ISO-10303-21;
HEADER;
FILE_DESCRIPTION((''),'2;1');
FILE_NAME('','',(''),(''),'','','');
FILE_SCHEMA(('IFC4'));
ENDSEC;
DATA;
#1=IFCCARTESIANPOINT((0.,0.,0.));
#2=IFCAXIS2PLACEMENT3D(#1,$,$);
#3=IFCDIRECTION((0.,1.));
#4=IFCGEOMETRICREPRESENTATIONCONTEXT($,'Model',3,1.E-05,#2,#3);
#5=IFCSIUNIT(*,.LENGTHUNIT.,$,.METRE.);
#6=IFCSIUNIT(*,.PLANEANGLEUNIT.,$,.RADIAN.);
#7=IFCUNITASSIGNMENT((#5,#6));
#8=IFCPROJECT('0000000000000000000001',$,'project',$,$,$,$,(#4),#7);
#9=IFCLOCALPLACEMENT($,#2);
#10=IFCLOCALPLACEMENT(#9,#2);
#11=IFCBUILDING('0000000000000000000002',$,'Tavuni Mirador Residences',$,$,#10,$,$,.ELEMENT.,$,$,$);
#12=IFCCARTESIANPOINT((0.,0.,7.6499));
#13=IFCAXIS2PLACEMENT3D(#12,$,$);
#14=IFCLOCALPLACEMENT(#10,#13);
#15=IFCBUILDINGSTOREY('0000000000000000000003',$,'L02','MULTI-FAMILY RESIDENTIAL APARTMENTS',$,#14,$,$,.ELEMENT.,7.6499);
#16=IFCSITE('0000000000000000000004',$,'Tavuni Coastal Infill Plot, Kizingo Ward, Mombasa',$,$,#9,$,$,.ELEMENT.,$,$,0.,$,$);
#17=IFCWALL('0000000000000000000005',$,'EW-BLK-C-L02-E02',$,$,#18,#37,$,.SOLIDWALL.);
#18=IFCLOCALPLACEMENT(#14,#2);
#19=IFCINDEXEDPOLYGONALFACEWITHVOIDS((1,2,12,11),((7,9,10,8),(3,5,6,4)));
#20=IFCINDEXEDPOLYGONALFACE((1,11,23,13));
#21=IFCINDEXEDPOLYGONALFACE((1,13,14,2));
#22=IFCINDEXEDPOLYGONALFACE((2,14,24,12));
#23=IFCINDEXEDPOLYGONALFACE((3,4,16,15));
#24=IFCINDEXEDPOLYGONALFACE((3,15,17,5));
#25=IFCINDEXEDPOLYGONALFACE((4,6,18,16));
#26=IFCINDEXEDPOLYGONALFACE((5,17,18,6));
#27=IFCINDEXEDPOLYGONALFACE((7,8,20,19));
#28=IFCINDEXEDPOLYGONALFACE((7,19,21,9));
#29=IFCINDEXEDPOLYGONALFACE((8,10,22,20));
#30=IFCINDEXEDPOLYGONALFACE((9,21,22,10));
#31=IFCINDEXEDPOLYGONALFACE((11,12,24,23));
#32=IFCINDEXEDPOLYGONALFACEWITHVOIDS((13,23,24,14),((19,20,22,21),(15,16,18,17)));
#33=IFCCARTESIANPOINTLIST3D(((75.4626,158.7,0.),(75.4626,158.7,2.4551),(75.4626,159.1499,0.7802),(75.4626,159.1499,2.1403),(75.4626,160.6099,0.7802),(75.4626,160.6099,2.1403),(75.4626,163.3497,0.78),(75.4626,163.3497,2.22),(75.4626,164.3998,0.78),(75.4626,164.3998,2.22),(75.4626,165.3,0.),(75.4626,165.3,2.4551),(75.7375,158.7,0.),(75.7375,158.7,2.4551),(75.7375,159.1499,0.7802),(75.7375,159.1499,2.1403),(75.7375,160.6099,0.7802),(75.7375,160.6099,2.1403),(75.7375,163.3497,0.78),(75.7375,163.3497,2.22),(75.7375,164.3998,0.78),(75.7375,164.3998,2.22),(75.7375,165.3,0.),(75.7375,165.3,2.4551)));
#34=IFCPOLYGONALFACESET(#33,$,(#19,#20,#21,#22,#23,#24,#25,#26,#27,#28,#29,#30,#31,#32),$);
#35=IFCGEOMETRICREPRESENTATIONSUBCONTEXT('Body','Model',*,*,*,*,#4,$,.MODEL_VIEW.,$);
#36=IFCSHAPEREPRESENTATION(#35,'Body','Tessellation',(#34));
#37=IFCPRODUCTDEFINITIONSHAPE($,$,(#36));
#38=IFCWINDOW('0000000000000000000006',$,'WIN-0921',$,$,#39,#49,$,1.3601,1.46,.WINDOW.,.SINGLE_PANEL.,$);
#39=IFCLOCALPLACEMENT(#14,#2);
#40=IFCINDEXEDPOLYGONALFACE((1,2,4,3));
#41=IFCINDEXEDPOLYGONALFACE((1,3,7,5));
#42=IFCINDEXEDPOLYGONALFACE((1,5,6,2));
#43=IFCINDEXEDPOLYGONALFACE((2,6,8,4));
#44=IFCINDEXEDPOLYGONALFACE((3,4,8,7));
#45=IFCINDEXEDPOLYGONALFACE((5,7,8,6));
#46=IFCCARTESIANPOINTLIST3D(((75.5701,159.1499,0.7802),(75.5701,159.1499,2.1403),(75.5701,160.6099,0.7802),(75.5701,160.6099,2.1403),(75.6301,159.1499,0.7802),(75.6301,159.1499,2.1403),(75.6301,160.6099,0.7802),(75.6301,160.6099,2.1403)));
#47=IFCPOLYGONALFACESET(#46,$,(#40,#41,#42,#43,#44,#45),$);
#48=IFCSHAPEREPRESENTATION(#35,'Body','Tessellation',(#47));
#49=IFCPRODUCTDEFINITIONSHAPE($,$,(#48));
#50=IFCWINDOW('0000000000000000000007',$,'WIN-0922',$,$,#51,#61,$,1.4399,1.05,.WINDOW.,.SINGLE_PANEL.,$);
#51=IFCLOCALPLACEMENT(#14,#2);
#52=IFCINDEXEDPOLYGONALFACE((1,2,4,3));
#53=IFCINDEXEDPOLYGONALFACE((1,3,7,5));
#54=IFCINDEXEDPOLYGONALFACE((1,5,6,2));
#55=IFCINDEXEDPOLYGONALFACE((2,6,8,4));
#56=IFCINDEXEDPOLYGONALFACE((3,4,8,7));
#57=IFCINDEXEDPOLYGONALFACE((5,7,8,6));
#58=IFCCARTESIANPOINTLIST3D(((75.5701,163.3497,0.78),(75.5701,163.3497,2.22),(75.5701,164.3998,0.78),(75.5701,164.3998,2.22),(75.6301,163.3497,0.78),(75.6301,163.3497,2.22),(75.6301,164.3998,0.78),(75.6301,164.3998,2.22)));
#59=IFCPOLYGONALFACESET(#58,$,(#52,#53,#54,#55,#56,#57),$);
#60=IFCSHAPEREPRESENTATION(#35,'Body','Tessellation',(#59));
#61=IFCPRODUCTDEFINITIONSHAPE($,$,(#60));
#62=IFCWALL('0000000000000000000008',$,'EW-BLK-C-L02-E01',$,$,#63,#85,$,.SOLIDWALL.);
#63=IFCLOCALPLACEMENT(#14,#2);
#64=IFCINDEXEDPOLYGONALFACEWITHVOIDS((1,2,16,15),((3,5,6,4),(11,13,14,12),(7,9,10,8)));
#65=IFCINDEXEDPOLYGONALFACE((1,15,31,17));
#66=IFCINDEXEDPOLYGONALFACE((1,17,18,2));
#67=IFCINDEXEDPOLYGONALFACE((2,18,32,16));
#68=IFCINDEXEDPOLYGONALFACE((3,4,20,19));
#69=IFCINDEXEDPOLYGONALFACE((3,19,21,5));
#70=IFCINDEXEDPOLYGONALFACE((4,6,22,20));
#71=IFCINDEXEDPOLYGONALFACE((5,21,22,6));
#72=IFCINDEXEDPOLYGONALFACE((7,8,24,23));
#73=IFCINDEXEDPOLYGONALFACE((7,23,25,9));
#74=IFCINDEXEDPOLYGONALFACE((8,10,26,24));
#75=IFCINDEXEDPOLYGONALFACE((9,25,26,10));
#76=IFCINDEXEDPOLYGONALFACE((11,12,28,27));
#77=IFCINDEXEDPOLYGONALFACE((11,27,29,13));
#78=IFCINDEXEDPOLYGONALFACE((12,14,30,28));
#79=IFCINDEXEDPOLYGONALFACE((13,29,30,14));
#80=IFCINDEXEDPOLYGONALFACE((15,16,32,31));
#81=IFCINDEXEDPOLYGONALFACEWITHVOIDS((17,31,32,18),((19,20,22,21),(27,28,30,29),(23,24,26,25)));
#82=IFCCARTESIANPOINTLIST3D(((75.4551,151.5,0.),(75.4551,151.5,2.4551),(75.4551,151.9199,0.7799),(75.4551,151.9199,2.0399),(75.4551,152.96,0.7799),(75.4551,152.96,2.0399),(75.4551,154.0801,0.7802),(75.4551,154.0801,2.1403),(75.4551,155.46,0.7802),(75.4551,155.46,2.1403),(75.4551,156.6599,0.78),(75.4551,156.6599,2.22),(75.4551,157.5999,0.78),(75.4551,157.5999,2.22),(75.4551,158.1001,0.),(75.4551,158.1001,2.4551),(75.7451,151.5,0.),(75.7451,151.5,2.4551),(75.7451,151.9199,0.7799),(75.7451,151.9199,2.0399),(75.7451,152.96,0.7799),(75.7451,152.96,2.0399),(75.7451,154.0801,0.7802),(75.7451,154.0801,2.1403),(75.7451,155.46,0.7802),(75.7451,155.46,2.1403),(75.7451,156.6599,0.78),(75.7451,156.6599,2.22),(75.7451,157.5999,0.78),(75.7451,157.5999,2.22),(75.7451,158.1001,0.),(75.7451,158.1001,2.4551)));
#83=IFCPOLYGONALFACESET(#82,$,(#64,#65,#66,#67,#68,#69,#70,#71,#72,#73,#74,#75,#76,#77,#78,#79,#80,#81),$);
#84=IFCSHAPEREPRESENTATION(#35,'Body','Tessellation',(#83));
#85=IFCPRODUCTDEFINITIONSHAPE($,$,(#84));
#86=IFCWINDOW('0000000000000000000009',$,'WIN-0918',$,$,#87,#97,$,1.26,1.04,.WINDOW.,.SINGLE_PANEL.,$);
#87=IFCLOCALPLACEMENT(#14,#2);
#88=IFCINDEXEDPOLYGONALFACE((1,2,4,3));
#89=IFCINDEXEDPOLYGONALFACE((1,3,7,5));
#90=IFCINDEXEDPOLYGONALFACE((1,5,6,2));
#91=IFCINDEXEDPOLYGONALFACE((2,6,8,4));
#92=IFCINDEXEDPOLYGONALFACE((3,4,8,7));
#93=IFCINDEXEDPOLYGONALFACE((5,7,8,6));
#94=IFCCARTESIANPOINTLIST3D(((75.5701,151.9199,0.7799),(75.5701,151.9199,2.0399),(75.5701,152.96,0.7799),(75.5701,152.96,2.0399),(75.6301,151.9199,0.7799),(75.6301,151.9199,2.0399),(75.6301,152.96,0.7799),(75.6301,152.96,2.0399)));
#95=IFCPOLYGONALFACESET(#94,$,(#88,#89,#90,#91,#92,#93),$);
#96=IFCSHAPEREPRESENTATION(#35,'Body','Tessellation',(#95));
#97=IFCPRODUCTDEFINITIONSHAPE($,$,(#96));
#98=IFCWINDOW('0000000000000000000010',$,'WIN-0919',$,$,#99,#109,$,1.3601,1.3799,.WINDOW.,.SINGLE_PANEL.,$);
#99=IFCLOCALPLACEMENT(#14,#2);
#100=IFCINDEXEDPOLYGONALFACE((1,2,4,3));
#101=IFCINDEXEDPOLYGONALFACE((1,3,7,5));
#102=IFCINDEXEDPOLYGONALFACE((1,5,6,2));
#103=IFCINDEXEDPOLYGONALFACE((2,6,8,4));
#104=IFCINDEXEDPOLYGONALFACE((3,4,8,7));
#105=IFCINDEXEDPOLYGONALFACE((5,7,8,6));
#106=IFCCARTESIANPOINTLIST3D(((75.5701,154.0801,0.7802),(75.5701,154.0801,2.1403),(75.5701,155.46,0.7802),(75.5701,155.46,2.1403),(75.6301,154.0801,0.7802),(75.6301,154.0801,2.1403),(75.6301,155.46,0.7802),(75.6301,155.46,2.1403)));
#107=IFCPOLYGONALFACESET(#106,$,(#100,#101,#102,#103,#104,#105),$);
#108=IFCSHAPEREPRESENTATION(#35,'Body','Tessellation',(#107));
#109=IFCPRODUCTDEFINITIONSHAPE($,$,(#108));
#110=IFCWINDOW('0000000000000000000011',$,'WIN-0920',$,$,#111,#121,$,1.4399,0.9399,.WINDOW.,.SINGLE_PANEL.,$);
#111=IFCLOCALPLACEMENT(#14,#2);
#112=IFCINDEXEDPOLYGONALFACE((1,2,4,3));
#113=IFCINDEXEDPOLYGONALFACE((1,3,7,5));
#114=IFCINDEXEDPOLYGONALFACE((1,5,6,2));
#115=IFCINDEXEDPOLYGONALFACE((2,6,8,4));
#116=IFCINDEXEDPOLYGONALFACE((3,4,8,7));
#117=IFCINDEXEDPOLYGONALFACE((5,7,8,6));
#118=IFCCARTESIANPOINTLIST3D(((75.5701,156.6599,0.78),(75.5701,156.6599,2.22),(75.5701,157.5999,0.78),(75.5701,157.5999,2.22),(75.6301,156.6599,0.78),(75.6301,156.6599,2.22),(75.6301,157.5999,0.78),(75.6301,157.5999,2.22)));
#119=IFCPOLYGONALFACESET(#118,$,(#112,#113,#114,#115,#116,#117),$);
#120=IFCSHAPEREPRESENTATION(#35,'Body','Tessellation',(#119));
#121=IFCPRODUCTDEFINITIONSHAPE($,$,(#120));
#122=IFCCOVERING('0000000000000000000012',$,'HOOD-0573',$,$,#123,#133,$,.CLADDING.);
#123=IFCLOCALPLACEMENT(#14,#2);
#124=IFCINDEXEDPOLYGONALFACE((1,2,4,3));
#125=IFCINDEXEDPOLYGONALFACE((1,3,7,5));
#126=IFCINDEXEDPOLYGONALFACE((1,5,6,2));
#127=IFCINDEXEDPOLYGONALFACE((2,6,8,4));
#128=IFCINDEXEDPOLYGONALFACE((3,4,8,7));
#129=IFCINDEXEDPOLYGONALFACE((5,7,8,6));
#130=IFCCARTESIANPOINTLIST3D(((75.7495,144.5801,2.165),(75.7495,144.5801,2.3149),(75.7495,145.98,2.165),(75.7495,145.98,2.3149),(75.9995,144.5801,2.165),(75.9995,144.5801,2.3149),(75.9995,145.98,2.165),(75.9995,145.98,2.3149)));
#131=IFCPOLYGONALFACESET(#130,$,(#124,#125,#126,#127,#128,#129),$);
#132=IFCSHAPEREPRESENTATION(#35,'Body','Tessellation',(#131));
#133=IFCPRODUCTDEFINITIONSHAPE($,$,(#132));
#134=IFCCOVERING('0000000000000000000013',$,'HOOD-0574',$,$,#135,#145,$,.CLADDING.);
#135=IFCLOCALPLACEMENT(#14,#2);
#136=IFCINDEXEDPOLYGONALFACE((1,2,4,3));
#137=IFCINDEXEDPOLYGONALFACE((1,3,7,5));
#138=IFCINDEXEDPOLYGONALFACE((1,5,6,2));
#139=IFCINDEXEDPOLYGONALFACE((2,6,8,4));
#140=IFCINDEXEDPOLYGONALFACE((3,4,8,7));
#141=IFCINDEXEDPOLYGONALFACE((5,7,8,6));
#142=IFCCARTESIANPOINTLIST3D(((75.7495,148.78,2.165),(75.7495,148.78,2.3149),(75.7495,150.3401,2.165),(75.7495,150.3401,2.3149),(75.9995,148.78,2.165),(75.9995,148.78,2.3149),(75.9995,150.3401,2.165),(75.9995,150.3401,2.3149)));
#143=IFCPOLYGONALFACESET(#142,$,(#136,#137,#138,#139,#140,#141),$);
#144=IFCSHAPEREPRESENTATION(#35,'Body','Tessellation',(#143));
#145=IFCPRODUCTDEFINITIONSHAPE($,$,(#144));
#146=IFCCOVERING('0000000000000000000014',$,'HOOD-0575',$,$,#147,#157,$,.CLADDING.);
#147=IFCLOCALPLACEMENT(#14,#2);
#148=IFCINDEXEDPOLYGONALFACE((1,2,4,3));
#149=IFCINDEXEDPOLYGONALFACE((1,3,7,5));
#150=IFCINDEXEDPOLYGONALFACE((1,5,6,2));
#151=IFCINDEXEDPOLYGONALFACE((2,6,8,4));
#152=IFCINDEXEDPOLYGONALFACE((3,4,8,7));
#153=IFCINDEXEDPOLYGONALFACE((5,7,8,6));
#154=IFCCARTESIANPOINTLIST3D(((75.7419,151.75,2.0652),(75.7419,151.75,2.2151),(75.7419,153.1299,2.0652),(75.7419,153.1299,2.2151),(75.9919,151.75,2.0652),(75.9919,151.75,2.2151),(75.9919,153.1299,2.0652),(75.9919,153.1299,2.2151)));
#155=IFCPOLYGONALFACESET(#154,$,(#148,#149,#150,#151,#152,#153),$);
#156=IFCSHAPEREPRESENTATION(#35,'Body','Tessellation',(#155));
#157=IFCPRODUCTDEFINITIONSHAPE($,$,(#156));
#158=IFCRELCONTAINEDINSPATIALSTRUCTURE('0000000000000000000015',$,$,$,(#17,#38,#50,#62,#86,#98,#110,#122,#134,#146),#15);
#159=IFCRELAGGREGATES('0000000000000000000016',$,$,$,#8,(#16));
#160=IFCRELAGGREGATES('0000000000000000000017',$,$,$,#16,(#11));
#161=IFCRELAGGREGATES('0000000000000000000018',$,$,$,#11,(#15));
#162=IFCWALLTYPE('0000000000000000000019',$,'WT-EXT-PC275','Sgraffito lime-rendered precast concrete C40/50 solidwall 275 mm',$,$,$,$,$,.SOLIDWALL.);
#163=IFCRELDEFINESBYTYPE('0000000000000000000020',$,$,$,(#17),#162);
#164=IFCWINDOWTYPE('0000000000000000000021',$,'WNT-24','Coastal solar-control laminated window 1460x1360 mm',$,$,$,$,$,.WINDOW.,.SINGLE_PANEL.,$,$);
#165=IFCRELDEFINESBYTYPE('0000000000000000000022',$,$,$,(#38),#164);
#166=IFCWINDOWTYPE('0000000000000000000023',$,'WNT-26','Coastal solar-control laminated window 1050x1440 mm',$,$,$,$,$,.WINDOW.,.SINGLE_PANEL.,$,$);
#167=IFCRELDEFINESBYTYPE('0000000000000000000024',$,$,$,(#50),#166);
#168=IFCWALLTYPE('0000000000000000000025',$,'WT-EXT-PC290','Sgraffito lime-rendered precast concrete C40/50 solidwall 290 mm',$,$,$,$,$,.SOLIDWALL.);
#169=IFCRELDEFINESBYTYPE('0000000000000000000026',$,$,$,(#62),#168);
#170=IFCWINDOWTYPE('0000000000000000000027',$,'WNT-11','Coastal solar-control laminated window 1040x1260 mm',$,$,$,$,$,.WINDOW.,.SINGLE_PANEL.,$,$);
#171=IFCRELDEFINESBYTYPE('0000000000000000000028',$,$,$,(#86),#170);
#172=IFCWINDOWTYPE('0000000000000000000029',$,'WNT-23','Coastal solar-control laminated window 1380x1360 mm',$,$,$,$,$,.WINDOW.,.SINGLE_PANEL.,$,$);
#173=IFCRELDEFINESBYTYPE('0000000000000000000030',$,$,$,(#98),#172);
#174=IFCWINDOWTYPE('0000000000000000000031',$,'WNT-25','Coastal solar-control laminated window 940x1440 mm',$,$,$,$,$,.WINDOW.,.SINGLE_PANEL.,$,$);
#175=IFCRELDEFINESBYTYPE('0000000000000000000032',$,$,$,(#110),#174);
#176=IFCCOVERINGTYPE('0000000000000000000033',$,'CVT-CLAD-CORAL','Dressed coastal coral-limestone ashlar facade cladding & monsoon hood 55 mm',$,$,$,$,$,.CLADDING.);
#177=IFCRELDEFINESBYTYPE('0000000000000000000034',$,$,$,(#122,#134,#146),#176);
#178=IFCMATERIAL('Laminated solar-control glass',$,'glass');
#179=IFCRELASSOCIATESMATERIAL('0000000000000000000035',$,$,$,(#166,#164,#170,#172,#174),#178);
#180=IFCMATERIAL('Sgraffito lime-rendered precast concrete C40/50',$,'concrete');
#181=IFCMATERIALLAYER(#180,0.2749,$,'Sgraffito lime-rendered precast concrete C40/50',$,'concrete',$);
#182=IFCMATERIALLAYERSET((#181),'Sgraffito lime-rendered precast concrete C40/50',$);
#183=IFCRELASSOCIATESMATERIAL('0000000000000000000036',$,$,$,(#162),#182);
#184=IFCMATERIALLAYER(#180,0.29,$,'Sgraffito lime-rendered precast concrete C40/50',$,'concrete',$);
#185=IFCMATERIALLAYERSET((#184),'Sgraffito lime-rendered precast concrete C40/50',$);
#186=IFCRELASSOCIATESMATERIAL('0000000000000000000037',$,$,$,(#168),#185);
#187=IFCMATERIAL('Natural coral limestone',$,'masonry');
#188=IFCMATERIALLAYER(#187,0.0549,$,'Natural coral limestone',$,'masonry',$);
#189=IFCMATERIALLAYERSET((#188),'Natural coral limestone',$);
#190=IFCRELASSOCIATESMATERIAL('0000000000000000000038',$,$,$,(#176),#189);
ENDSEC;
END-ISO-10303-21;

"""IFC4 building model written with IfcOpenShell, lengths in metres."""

from ifc_helpers import new_model, si_unit, direction, frame, frame_2d, origin, origin_2d, place, context, subcontext, project, spatial, rectangle, extrude, material, layer, layer_set, type_object, element, fill, save


model = new_model("IFC4")

# Units and contexts
model_context = context("Model", 3, precision=1e-05, world=origin(), true_north=direction((0.0, 1.0)))
body_context = subcontext(model_context, "Body", "Model", "MODEL_VIEW")
ifc_project = project(units=[si_unit("LENGTHUNIT", "METRE"), si_unit("PLANEANGLEUNIT", "RADIAN")], contexts=[model_context])

# Site, building, storey
site_placement = place(None, origin())
site = spatial("IfcSite", under=ifc_project, at=site_placement, Name="Tavuni Coastal Infill Plot, Kizingo Ward, Mombasa", CompositionType="ELEMENT", RefElevation=0.0)
building_placement = place(site_placement, origin())
building = spatial("IfcBuilding", under=site, at=building_placement, Name="Tavuni Mirador Residences", CompositionType="ELEMENT")
storey_placement = place(building_placement, frame((0.0, 0.0, 7.6499)))
storey = spatial("IfcBuildingStorey", under=building, at=storey_placement, Name="L02", Description="MULTI-FAMILY RESIDENTIAL APARTMENTS", CompositionType="ELEMENT", Elevation=7.6499)

# Walls, openings, windows
ifc_material_1 = material(Name="Sgraffito lime-rendered precast concrete C40/50", Category="concrete")
ifc_material_2 = material(Name="Laminated solar-control glass", Category="glass")
window_type_1 = type_object("IfcWindowType", Name="WNT-26", Description="Coastal solar-control laminated window 1050x1440 mm", PartitioningType="SINGLE_PANEL", PredefinedType="WINDOW", material=ifc_material_2)
ifc_layer_1 = layer(ifc_material_1, 0.2749, Name="Sgraffito lime-rendered precast concrete C40/50", Category="concrete")
ifc_layer_set_1 = layer_set([ifc_layer_1], Name="Sgraffito lime-rendered precast concrete C40/50")
wall_type_1 = type_object("IfcWallType", Name="WT-EXT-PC275", Description="Sgraffito lime-rendered precast concrete C40/50 solidwall 275 mm", PredefinedType="SOLIDWALL", material=ifc_layer_set_1)
wall_1_placement = place(storey_placement, frame((75.6001, 158.7, 0.0), z_axis=(0.0, 0.0, 1.0), x_axis=(0.0, 1.0, 0.0)))
wall_1 = element("IfcWall", 1, at=wall_1_placement, inside=storey, type_object=wall_type_1, Name="EW-BLK-C-L02-E02", PredefinedType="SOLIDWALL", context=body_context, shape_type="SweptSolid", body=[
    extrude(rectangle(XDim=6.6001, YDim=0.2749, at=frame_2d((3.3, 0.0))), origin(), (0.0, 0.0, 1.0), 2.4551),
])
opening_1_placement = place(wall_1_placement, frame((0.45, 0.0, 0.78)))
opening_1 = element("IfcOpeningElement", 2, at=opening_1_placement, cuts=wall_1, PredefinedType="OPENING", context=body_context, shape_type="SweptSolid", body=[
    extrude(rectangle(XDim=1.46, YDim=1.3601, at=frame_2d((0.73, 0.6802))), frame((0.0, 0.1475, 0.0), z_axis=(0.0, -1.0, 0.0), x_axis=(1.0, 0.0, 0.0)), (0.0, 0.0, 1.0), 0.2949),
])
opening_2_placement = place(wall_1_placement, frame((4.6499, 0.0, 0.78)))
opening_2 = element("IfcOpeningElement", 3, at=opening_2_placement, cuts=wall_1, PredefinedType="OPENING", context=body_context, shape_type="SweptSolid", body=[
    extrude(rectangle(XDim=1.05, YDim=1.4399, at=frame_2d((0.5249, 0.72))), frame((0.0, 0.1475, 0.0), z_axis=(0.0, -1.0, 0.0), x_axis=(1.0, 0.0, 0.0)), (0.0, 0.0, 1.0), 0.2949),
])
window_type_2 = type_object("IfcWindowType", Name="WNT-24", Description="Coastal solar-control laminated window 1460x1360 mm", PartitioningType="SINGLE_PANEL", PredefinedType="WINDOW", material=ifc_material_2)
window_1_placement = place(opening_1_placement, origin())
window_1 = element("IfcWindow", 4, at=window_1_placement, inside=storey, type_object=window_type_2, Name="WIN-0921", OverallHeight=1.3601, OverallWidth=1.46, PartitioningType="SINGLE_PANEL", PredefinedType="WINDOW", context=body_context, shape_type="SweptSolid", body=[
    extrude(rectangle(XDim=1.46, YDim=1.3601, at=frame_2d((0.73, 0.6802))), frame((0.0, 0.03, 0.0), z_axis=(0.0, -1.0, 0.0), x_axis=(1.0, 0.0, 0.0)), (0.0, 0.0, 1.0), 0.0601),
])
fill(opening_1, window_1)
window_2_placement = place(opening_2_placement, origin())
window_2 = element("IfcWindow", 5, at=window_2_placement, inside=storey, type_object=window_type_1, Name="WIN-0922", OverallHeight=1.4399, OverallWidth=1.05, PartitioningType="SINGLE_PANEL", PredefinedType="WINDOW", context=body_context, shape_type="SweptSolid", body=[
    extrude(rectangle(XDim=1.05, YDim=1.4399, at=frame_2d((0.5249, 0.72))), frame((0.0, 0.03, 0.0), z_axis=(0.0, -1.0, 0.0), x_axis=(1.0, 0.0, 0.0)), (0.0, 0.0, 1.0), 0.0601),
])
fill(opening_2, window_2)
ifc_layer_2 = layer(ifc_material_1, 0.29, Name="Sgraffito lime-rendered precast concrete C40/50", Category="concrete")
ifc_layer_set_2 = layer_set([ifc_layer_2], Name="Sgraffito lime-rendered precast concrete C40/50")
wall_type_2 = type_object("IfcWallType", Name="WT-EXT-PC290", Description="Sgraffito lime-rendered precast concrete C40/50 solidwall 290 mm", PredefinedType="SOLIDWALL", material=ifc_layer_set_2)
wall_2_placement = place(storey_placement, frame((75.6001, 151.5, 0.0), z_axis=(0.0, 0.0, 1.0), x_axis=(0.0, 1.0, 0.0)))
wall_2 = element("IfcWall", 6, at=wall_2_placement, inside=storey, type_object=wall_type_2, Name="EW-BLK-C-L02-E01", PredefinedType="SOLIDWALL", context=body_context, shape_type="SweptSolid", body=[
    extrude(rectangle(XDim=6.6001, YDim=0.29, at=frame_2d((3.3, 0.0))), origin(), (0.0, 0.0, 1.0), 2.4551),
])
opening_3_placement = place(wall_2_placement, frame((0.4199, 0.0, 0.78)))
opening_3 = element("IfcOpeningElement", 7, at=opening_3_placement, cuts=wall_2, PredefinedType="OPENING", context=body_context, shape_type="SweptSolid", body=[
    extrude(rectangle(XDim=1.04, YDim=1.26, at=frame_2d((0.52, 0.6299))), frame((0.0, 0.155, 0.0), z_axis=(0.0, -1.0, 0.0), x_axis=(1.0, 0.0, 0.0)), (0.0, 0.0, 1.0), 0.3101),
])
opening_4_placement = place(wall_2_placement, frame((2.5801, 0.0, 0.78)))
opening_4 = element("IfcOpeningElement", 8, at=opening_4_placement, cuts=wall_2, PredefinedType="OPENING", context=body_context, shape_type="SweptSolid", body=[
    extrude(rectangle(XDim=1.3799, YDim=1.3601, at=frame_2d((0.6899, 0.6802))), frame((0.0, 0.155, 0.0), z_axis=(0.0, -1.0, 0.0), x_axis=(1.0, 0.0, 0.0)), (0.0, 0.0, 1.0), 0.3101),
])
opening_5_placement = place(wall_2_placement, frame((5.1599, 0.0, 0.78)))
opening_5 = element("IfcOpeningElement", 9, at=opening_5_placement, cuts=wall_2, PredefinedType="OPENING", context=body_context, shape_type="SweptSolid", body=[
    extrude(rectangle(XDim=0.9399, YDim=1.4399, at=frame_2d((0.47, 0.72))), frame((0.0, 0.155, 0.0), z_axis=(0.0, -1.0, 0.0), x_axis=(1.0, 0.0, 0.0)), (0.0, 0.0, 1.0), 0.3101),
])
window_type_3 = type_object("IfcWindowType", Name="WNT-11", Description="Coastal solar-control laminated window 1040x1260 mm", PartitioningType="SINGLE_PANEL", PredefinedType="WINDOW", material=ifc_material_2)
window_3_placement = place(opening_3_placement, origin())
window_3 = element("IfcWindow", 10, at=window_3_placement, inside=storey, type_object=window_type_3, Name="WIN-0918", OverallHeight=1.26, OverallWidth=1.04, PartitioningType="SINGLE_PANEL", PredefinedType="WINDOW", context=body_context, shape_type="SweptSolid", body=[
    extrude(rectangle(XDim=1.04, YDim=1.26, at=frame_2d((0.52, 0.6299))), frame((0.0, 0.03, 0.0), z_axis=(0.0, -1.0, 0.0), x_axis=(1.0, 0.0, 0.0)), (0.0, 0.0, 1.0), 0.0601),
])
fill(opening_3, window_3)
window_type_4 = type_object("IfcWindowType", Name="WNT-23", Description="Coastal solar-control laminated window 1380x1360 mm", PartitioningType="SINGLE_PANEL", PredefinedType="WINDOW", material=ifc_material_2)
window_4_placement = place(opening_4_placement, origin())
window_4 = element("IfcWindow", 11, at=window_4_placement, inside=storey, type_object=window_type_4, Name="WIN-0919", OverallHeight=1.3601, OverallWidth=1.3799, PartitioningType="SINGLE_PANEL", PredefinedType="WINDOW", context=body_context, shape_type="SweptSolid", body=[
    extrude(rectangle(XDim=1.3799, YDim=1.3601, at=frame_2d((0.6899, 0.6802))), frame((0.0, 0.03, 0.0), z_axis=(0.0, -1.0, 0.0), x_axis=(1.0, 0.0, 0.0)), (0.0, 0.0, 1.0), 0.0601),
])
fill(opening_4, window_4)
window_type_5 = type_object("IfcWindowType", Name="WNT-25", Description="Coastal solar-control laminated window 940x1440 mm", PartitioningType="SINGLE_PANEL", PredefinedType="WINDOW", material=ifc_material_2)
window_5_placement = place(opening_5_placement, origin())
window_5 = element("IfcWindow", 12, at=window_5_placement, inside=storey, type_object=window_type_5, Name="WIN-0920", OverallHeight=1.4399, OverallWidth=0.9399, PartitioningType="SINGLE_PANEL", PredefinedType="WINDOW", context=body_context, shape_type="SweptSolid", body=[
    extrude(rectangle(XDim=0.9399, YDim=1.4399, at=frame_2d((0.47, 0.72))), frame((0.0, 0.03, 0.0), z_axis=(0.0, -1.0, 0.0), x_axis=(1.0, 0.0, 0.0)), (0.0, 0.0, 1.0), 0.0601),
])
fill(opening_5, window_5)

# Coverings
ifc_material_3 = material(Name="Natural coral limestone", Category="masonry")
ifc_layer_3 = layer(ifc_material_3, 0.0549, Name="Natural coral limestone", Category="masonry")
ifc_layer_set_3 = layer_set([ifc_layer_3], Name="Natural coral limestone")
covering_type = type_object("IfcCoveringType", Name="CVT-CLAD-CORAL", Description="Dressed coastal coral-limestone ashlar facade cladding & monsoon hood 55 mm", PredefinedType="CLADDING", material=ifc_layer_set_3)
covering_1_placement = place(storey_placement, frame((75.8745, 145.28, 2.165), z_axis=(0.0, 0.0, 1.0), x_axis=(0.0, 1.0, 0.0)))
element("IfcCovering", 13, at=covering_1_placement, inside=storey, type_object=covering_type, Name="HOOD-0573", PredefinedType="CLADDING", context=body_context, shape_type="SweptSolid", body=[
    extrude(rectangle(XDim=1.3999, YDim=0.25, at=origin_2d()), origin(), (0.0, 0.0, 1.0), 0.1499),
])
covering_2_placement = place(storey_placement, frame((75.8745, 149.5601, 2.165), z_axis=(0.0, 0.0, 1.0), x_axis=(0.0, 1.0, 0.0)))
element("IfcCovering", 14, at=covering_2_placement, inside=storey, type_object=covering_type, Name="HOOD-0574", PredefinedType="CLADDING", context=body_context, shape_type="SweptSolid", body=[
    extrude(rectangle(XDim=1.5601, YDim=0.25, at=origin_2d()), origin(), (0.0, 0.0, 1.0), 0.1499),
])
covering_3_placement = place(storey_placement, frame((75.8669, 152.4399, 2.0652), z_axis=(0.0, 0.0, 1.0), x_axis=(0.0, 1.0, 0.0)))
element("IfcCovering", 15, at=covering_3_placement, inside=storey, type_object=covering_type, Name="HOOD-0575", PredefinedType="CLADDING", context=body_context, shape_type="SweptSolid", body=[
    extrude(rectangle(XDim=1.3799, YDim=0.25, at=origin_2d()), origin(), (0.0, 0.0, 1.0), 0.1499),
])

save(model, "model.ifc")
